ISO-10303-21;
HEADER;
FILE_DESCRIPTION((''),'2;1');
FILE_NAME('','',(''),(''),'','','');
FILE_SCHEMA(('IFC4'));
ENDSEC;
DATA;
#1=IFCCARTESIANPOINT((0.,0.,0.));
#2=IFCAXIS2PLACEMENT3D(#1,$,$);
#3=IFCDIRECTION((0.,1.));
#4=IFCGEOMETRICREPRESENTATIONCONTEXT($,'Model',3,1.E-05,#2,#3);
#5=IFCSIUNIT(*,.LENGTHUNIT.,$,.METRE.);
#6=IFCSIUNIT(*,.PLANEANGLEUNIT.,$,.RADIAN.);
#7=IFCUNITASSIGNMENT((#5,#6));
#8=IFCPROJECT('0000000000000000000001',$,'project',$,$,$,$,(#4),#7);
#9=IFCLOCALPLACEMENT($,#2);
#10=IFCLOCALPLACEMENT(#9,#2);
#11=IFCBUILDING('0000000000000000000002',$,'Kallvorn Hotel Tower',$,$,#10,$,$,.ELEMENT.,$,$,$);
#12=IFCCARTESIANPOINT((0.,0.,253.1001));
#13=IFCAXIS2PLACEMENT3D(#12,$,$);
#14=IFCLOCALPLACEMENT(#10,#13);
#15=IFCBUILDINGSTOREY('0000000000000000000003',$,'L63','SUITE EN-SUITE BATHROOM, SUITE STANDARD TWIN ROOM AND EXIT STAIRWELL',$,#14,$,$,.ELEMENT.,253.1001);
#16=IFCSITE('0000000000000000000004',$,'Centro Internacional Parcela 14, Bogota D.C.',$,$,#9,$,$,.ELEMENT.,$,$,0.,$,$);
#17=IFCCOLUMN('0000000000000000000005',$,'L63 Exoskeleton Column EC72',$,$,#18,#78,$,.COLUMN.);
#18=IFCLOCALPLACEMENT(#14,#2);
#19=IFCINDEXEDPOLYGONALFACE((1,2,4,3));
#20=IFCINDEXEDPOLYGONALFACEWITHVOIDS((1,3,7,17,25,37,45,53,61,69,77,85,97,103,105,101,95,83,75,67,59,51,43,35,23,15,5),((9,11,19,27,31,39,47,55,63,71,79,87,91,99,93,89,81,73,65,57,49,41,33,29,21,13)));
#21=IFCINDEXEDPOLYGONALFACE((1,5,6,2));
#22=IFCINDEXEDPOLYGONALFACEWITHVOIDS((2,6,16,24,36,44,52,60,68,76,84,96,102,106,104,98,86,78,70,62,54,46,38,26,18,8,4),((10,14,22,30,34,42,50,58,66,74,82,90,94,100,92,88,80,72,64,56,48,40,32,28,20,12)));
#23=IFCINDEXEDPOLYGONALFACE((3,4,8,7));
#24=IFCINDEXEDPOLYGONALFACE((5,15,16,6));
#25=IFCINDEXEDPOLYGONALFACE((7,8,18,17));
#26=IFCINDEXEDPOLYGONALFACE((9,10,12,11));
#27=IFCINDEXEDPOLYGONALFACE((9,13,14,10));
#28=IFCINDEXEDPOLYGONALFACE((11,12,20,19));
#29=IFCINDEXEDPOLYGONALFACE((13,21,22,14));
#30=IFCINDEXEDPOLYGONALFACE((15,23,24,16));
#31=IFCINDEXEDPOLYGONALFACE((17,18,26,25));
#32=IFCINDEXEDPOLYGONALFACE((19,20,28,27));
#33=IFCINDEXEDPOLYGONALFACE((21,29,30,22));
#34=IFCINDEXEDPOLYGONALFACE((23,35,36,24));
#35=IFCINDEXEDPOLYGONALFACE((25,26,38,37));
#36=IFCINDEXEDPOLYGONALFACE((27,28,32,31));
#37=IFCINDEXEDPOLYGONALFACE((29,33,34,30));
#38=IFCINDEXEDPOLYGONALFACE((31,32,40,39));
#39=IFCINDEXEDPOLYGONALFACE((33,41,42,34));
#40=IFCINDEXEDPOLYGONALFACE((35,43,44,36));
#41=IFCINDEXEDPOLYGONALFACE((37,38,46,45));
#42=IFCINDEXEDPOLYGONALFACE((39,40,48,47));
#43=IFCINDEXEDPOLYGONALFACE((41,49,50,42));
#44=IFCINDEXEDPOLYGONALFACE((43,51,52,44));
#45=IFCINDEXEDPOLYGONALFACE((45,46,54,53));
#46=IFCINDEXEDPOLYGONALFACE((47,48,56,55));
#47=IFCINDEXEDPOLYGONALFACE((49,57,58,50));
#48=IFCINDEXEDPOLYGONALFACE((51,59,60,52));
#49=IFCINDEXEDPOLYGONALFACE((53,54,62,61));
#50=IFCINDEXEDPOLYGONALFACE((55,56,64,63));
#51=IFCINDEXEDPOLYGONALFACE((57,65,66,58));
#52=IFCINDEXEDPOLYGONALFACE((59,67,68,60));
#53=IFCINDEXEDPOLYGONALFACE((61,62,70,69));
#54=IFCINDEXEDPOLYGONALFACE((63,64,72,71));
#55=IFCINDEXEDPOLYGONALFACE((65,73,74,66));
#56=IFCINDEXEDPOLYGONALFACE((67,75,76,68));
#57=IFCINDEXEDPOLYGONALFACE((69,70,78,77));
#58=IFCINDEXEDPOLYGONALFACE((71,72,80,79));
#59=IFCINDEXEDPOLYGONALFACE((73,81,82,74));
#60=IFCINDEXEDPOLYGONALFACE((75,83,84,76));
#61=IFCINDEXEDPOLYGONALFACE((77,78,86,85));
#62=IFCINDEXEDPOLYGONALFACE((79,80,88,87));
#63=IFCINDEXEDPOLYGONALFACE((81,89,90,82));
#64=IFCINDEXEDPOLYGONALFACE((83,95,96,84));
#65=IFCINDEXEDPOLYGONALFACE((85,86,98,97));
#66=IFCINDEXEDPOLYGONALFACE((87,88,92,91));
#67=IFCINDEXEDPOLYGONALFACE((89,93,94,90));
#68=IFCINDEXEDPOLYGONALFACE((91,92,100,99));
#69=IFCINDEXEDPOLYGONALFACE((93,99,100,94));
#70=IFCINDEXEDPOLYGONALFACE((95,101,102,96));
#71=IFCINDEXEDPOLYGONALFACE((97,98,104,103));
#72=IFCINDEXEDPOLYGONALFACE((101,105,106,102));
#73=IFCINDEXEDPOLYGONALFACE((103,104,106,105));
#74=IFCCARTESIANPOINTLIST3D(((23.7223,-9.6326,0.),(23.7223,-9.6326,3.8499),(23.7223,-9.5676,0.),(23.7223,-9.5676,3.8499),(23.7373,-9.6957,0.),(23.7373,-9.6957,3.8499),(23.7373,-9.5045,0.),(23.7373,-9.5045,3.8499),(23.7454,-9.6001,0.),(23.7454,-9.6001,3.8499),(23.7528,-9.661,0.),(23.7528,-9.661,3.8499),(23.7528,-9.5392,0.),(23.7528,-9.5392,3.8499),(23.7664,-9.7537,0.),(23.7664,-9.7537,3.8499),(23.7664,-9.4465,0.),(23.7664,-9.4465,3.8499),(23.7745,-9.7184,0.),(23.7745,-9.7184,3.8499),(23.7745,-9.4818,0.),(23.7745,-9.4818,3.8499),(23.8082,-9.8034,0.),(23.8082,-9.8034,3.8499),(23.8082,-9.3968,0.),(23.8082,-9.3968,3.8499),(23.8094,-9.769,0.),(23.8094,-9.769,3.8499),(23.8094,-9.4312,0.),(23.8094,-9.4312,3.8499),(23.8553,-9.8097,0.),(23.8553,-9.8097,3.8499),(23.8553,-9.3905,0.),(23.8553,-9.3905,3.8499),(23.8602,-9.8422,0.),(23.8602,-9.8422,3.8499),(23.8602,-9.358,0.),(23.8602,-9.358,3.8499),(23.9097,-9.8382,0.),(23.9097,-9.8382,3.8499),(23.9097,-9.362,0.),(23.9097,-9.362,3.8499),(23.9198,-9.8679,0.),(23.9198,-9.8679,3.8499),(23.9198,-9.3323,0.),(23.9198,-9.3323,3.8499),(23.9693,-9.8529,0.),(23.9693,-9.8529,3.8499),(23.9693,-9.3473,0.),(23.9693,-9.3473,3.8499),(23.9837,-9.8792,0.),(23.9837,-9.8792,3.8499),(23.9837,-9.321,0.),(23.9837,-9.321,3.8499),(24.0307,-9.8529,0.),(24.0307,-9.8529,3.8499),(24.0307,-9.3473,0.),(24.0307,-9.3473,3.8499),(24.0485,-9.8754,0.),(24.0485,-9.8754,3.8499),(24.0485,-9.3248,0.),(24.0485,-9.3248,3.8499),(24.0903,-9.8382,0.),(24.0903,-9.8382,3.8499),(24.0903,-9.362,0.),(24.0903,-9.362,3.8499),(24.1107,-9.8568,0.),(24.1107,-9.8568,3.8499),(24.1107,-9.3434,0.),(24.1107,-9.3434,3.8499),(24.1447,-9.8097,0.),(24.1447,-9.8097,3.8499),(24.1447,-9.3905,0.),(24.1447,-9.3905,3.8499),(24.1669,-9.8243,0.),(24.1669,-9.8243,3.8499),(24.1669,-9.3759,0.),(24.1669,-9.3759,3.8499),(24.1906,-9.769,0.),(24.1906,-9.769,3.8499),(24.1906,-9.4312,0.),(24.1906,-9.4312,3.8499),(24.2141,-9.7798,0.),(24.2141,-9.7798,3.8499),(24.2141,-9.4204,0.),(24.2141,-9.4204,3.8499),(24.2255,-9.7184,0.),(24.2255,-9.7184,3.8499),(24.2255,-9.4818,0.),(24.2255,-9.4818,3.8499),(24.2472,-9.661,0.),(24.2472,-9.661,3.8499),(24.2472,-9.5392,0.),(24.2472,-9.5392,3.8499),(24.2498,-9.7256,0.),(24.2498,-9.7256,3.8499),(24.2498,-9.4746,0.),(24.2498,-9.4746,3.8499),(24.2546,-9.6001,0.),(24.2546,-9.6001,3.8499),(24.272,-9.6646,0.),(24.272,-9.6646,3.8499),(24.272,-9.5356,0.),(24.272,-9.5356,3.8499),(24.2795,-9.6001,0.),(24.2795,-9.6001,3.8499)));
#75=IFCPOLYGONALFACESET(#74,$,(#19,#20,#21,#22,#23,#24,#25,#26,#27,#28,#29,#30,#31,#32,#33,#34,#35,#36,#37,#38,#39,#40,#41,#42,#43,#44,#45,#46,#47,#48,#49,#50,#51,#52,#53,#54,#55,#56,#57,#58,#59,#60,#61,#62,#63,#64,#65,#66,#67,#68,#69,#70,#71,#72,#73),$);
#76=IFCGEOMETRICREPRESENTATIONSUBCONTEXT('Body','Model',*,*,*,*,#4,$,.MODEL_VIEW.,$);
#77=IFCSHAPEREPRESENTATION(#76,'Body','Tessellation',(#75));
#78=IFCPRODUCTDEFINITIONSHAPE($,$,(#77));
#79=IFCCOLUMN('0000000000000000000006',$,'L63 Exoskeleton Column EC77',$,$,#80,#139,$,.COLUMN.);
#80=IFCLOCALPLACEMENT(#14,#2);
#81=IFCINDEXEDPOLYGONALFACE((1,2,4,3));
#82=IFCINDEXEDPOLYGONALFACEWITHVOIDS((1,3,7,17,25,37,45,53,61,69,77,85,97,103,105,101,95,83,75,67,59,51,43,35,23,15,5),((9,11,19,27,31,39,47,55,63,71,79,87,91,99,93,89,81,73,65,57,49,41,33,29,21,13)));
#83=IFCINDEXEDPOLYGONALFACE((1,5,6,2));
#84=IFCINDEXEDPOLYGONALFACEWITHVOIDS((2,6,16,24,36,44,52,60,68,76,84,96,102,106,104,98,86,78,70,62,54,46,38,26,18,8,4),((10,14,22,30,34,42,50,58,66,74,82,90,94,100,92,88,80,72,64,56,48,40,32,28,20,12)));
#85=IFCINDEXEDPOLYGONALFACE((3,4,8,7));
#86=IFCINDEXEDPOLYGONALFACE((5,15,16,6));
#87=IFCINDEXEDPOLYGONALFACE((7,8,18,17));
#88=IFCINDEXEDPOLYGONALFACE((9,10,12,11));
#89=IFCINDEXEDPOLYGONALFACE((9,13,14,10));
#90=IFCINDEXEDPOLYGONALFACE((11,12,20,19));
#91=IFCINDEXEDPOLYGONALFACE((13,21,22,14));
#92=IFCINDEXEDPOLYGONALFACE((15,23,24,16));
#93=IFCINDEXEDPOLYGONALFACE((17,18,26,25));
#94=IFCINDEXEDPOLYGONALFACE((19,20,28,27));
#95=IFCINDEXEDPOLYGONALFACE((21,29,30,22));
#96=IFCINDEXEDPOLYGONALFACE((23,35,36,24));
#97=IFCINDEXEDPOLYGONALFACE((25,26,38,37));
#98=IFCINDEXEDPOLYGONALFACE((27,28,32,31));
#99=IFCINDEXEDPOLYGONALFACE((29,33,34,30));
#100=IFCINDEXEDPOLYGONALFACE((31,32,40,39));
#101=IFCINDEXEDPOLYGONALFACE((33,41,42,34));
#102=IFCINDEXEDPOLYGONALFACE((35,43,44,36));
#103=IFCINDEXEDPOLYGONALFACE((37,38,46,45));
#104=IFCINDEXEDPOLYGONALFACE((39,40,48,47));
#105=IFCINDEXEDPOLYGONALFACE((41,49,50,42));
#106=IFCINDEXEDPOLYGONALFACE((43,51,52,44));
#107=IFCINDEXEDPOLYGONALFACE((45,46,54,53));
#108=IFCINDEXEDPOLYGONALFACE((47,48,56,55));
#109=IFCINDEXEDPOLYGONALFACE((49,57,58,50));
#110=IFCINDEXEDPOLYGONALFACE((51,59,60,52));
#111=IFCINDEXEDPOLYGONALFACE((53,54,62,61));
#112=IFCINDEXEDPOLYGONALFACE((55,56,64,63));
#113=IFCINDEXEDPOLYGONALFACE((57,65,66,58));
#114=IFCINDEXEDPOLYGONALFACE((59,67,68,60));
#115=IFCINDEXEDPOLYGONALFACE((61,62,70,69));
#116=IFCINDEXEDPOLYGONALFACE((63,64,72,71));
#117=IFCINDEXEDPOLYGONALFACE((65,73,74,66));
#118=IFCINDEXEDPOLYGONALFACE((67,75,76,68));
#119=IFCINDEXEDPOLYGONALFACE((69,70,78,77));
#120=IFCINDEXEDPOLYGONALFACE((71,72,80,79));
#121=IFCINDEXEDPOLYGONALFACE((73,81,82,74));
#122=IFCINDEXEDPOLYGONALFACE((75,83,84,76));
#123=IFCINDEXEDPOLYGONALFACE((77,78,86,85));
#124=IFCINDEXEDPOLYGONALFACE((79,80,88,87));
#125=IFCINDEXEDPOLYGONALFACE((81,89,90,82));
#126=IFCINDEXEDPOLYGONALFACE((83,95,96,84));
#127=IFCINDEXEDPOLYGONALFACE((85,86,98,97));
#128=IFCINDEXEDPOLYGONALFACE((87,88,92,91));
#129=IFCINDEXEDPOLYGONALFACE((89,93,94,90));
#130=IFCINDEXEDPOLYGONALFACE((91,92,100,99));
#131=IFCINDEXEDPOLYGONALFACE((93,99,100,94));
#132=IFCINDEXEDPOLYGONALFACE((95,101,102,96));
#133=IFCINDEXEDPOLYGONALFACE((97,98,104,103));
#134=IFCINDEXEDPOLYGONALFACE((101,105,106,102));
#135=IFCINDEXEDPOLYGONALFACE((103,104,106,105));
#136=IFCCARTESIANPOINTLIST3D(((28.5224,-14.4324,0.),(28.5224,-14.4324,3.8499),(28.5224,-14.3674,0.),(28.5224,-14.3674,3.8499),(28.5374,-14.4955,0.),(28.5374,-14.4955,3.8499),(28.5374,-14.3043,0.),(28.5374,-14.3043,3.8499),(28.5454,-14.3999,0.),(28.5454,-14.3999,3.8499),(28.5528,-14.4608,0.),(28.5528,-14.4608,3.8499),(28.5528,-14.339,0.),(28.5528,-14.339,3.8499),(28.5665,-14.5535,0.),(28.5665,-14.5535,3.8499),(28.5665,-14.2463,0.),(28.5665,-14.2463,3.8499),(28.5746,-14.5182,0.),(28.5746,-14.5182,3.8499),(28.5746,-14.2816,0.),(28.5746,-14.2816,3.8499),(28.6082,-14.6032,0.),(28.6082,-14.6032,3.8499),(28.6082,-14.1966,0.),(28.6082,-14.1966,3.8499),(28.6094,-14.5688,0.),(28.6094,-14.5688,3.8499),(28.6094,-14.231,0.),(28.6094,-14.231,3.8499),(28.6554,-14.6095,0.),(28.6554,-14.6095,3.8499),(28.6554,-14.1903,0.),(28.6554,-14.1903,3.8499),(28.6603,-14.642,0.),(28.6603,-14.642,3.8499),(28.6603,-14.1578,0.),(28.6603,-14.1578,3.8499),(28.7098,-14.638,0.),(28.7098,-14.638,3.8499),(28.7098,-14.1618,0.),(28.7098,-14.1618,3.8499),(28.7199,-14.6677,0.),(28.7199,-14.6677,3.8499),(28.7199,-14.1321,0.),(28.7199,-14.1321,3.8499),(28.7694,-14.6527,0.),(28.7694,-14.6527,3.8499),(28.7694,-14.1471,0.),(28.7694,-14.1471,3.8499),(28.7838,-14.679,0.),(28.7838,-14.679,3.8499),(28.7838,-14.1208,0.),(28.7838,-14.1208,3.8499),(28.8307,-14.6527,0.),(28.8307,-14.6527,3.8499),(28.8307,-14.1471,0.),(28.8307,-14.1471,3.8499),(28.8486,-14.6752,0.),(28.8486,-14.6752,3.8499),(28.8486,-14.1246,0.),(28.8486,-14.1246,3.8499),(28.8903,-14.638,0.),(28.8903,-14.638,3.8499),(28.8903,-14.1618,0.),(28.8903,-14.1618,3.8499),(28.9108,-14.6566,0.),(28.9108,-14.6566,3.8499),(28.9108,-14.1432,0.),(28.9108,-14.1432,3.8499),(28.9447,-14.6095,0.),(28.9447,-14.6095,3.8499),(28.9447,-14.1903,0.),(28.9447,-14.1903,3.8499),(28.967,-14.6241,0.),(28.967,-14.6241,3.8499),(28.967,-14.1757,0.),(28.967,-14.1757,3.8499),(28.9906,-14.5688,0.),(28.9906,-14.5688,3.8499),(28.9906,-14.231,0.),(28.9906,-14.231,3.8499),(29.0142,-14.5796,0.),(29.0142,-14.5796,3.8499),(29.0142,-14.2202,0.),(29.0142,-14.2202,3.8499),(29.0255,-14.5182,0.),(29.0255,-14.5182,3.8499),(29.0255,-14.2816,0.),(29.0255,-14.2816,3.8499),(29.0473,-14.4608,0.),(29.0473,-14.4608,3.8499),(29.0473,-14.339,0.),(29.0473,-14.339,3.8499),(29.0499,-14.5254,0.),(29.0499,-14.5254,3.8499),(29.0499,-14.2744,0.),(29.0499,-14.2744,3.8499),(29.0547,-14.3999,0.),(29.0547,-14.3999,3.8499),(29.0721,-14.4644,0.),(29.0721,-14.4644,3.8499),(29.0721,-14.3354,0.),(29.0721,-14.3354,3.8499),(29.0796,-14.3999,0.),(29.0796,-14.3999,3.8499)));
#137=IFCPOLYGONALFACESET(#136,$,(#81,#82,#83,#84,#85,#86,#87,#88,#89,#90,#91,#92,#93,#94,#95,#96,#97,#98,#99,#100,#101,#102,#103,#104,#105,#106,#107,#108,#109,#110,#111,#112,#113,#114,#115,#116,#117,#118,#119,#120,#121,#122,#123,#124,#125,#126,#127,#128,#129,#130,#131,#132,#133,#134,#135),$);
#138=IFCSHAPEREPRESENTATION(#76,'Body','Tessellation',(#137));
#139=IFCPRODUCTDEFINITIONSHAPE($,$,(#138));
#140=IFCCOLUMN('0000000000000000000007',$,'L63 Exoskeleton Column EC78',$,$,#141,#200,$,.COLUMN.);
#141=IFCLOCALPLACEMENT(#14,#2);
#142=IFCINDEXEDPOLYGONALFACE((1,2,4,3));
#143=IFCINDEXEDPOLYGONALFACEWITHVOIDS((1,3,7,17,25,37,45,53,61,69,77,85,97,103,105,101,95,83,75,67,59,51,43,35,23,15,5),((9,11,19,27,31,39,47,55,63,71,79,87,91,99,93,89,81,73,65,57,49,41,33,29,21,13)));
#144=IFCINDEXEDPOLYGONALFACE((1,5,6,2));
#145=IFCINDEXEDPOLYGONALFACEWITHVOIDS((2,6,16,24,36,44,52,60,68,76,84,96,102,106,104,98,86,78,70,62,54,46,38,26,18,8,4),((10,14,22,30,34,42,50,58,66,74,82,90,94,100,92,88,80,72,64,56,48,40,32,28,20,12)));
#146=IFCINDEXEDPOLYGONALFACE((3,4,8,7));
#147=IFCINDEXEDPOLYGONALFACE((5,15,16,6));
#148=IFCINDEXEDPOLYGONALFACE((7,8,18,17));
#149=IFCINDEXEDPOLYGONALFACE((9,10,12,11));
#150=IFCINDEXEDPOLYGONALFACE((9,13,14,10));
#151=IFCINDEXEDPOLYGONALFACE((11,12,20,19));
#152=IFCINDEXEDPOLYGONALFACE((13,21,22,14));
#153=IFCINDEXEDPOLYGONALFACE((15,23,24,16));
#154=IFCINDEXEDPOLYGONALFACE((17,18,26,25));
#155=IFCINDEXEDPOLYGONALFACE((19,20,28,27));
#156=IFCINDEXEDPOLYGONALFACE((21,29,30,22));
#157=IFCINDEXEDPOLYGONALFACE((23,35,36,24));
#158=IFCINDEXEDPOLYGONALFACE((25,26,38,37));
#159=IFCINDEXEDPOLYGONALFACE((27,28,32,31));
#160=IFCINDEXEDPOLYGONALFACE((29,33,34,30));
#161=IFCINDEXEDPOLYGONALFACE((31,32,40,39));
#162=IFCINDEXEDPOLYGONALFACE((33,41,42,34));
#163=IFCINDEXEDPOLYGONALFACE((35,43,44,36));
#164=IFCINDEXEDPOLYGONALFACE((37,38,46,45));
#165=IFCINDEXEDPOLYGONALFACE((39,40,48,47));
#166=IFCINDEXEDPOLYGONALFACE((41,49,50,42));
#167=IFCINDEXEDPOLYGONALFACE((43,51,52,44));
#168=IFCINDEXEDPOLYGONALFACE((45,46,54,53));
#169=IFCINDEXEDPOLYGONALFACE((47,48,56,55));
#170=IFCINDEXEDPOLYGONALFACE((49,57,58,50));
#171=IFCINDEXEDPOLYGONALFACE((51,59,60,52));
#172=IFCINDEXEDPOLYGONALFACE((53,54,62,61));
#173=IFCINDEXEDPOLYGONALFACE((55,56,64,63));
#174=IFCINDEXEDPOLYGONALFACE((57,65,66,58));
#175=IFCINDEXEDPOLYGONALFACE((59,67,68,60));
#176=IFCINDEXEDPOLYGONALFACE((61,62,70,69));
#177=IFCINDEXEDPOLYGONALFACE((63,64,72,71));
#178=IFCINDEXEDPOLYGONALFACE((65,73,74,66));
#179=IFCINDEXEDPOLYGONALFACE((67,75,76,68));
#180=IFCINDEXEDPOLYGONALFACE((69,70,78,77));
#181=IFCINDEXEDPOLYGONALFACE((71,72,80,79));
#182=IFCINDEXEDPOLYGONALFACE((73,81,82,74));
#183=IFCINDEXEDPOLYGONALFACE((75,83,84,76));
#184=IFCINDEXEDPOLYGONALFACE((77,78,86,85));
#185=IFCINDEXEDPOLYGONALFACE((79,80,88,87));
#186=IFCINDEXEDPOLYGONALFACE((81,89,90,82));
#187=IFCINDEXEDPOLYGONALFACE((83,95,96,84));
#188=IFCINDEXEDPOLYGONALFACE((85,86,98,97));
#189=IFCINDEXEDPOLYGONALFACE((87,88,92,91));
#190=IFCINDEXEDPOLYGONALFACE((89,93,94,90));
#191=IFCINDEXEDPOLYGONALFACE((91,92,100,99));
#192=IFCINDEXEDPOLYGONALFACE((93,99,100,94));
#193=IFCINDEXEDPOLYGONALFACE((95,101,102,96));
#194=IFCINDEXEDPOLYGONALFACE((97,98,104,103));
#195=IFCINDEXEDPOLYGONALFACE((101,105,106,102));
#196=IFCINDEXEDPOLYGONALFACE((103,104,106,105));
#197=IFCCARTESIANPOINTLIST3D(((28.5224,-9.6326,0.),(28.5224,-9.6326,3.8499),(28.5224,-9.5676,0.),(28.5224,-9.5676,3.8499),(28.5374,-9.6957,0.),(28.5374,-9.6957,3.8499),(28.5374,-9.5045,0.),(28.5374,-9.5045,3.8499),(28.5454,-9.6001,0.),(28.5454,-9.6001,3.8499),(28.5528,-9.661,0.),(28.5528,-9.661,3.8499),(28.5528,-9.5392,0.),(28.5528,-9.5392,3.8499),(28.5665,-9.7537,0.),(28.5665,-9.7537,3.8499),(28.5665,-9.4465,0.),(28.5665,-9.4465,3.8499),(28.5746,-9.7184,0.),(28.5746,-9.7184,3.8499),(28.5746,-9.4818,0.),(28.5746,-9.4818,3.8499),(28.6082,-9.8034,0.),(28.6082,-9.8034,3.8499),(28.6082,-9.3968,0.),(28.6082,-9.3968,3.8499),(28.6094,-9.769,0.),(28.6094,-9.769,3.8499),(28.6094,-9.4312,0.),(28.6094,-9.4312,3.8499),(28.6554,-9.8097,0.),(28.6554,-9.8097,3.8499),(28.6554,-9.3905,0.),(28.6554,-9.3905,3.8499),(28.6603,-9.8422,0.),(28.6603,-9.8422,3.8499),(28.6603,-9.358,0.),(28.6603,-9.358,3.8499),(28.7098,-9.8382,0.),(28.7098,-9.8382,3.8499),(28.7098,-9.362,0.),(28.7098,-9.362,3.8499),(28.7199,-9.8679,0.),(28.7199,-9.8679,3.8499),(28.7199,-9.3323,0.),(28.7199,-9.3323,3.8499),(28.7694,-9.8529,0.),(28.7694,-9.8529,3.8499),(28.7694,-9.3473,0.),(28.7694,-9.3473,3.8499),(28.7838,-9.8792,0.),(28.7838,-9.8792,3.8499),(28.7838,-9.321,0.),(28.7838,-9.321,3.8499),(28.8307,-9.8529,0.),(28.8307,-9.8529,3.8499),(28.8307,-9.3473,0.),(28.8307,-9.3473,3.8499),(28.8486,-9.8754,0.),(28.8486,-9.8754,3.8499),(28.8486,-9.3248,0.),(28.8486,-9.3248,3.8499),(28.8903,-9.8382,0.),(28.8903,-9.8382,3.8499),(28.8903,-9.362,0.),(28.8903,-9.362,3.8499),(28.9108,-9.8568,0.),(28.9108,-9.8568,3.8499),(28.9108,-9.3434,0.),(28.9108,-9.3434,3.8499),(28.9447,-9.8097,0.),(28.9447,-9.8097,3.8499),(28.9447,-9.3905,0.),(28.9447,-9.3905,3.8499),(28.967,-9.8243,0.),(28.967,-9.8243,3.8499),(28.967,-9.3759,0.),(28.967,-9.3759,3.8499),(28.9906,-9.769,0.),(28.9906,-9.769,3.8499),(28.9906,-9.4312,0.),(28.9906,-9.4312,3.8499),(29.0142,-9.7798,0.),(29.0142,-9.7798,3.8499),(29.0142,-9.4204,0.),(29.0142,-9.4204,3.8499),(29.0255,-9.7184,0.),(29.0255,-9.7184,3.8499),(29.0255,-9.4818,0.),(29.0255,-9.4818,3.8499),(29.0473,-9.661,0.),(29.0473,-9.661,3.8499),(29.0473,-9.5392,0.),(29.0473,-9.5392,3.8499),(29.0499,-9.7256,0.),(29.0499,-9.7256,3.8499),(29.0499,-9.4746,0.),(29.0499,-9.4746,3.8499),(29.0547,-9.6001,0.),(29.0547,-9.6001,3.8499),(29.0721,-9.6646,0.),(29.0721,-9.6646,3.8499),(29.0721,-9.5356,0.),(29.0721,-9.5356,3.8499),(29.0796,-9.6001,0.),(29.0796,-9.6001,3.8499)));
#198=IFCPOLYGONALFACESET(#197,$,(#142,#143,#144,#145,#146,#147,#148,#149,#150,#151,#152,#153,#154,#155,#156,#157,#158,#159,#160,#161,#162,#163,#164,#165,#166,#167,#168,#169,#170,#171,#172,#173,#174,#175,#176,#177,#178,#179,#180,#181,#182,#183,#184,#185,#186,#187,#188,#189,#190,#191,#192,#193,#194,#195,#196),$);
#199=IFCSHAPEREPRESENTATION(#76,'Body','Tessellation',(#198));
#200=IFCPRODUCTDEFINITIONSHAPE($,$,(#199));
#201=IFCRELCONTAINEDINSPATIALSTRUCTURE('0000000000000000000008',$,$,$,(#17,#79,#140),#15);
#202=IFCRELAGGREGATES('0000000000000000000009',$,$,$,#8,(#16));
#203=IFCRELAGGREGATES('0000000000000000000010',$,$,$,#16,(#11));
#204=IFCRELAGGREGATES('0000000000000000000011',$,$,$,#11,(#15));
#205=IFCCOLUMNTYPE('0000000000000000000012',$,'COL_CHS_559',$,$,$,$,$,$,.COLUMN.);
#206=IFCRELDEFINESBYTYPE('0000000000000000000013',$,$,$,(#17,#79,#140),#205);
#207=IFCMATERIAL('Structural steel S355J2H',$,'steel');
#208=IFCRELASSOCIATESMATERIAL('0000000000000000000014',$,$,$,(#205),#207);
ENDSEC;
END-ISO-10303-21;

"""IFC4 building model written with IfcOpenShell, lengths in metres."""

from ifc_helpers import new_model, si_unit, direction, frame, origin, origin_2d, place, context, subcontext, project, spatial, hollow_circle, extrude, material, material_profile, profile_set, type_object, element, save


model = new_model("IFC4")

# Units and contexts
model_context = context("Model", 3, precision=1e-05, world=origin(), true_north=direction((0.0, 1.0)))
body_context = subcontext(model_context, "Body", "Model", "MODEL_VIEW")
ifc_project = project(units=[si_unit("LENGTHUNIT", "METRE"), si_unit("PLANEANGLEUNIT", "RADIAN")], contexts=[model_context])

# Site, building, storey
site_placement = place(None, origin())
site = spatial("IfcSite", under=ifc_project, at=site_placement, Name="Centro Internacional Parcela 14, Bogota D.C.", CompositionType="ELEMENT", RefElevation=0.0)
building_placement = place(site_placement, origin())
building = spatial("IfcBuilding", under=site, at=building_placement, Name="Kallvorn Hotel Tower", CompositionType="ELEMENT")
storey_placement = place(building_placement, frame((0.0, 0.0, 253.1001)))
storey = spatial("IfcBuildingStorey", under=building, at=storey_placement, Name="L63", Description="SUITE EN-SUITE BATHROOM, SUITE STANDARD TWIN ROOM AND EXIT STAIRWELL", CompositionType="ELEMENT", Elevation=253.1001)

# Columns
ifc_material_1 = material(Name="Structural steel S355J2H", Category="steel")
ifc_material_profile_1 = material_profile(ifc_material_1, hollow_circle(Radius=0.2795, WallThickness=0.0249, at=origin_2d()), Name="CHS 559x25")
ifc_profile_set_1 = profile_set([ifc_material_profile_1], Name="Structural steel S355J2H")
column_type_1 = type_object("IfcColumnType", Name="COL_CHS_559", PredefinedType="COLUMN", material=ifc_profile_set_1)
for number, where, z_axis, x_axis, name in (
    (1, (24.0, -9.6001, 0.0), (0.0, 0.0, 1.0), (1.0, 0.0, 0.0), "L63 Exoskeleton Column EC72"),
    (2, (28.8, -14.3999, 0.0), (0.0, 0.0, 1.0), (1.0, 0.0, 0.0), "L63 Exoskeleton Column EC77"),
    (3, (28.8, -9.6001, 0.0), (0.0, 0.0, 1.0), (1.0, 0.0, 0.0), "L63 Exoskeleton Column EC78"),
):
    element("IfcColumn", number, at=place(storey_placement, frame(where, z_axis=z_axis, x_axis=x_axis)), inside=storey, type_object=column_type_1, Name=name, PredefinedType="COLUMN", context=body_context, shape_type="SweptSolid", body=[
        extrude(hollow_circle(Radius=0.2795, WallThickness=0.0249, at=origin_2d()), origin(), (0.0, 0.0, 1.0), 3.8499),
    ])

save(model, "model.ifc")
